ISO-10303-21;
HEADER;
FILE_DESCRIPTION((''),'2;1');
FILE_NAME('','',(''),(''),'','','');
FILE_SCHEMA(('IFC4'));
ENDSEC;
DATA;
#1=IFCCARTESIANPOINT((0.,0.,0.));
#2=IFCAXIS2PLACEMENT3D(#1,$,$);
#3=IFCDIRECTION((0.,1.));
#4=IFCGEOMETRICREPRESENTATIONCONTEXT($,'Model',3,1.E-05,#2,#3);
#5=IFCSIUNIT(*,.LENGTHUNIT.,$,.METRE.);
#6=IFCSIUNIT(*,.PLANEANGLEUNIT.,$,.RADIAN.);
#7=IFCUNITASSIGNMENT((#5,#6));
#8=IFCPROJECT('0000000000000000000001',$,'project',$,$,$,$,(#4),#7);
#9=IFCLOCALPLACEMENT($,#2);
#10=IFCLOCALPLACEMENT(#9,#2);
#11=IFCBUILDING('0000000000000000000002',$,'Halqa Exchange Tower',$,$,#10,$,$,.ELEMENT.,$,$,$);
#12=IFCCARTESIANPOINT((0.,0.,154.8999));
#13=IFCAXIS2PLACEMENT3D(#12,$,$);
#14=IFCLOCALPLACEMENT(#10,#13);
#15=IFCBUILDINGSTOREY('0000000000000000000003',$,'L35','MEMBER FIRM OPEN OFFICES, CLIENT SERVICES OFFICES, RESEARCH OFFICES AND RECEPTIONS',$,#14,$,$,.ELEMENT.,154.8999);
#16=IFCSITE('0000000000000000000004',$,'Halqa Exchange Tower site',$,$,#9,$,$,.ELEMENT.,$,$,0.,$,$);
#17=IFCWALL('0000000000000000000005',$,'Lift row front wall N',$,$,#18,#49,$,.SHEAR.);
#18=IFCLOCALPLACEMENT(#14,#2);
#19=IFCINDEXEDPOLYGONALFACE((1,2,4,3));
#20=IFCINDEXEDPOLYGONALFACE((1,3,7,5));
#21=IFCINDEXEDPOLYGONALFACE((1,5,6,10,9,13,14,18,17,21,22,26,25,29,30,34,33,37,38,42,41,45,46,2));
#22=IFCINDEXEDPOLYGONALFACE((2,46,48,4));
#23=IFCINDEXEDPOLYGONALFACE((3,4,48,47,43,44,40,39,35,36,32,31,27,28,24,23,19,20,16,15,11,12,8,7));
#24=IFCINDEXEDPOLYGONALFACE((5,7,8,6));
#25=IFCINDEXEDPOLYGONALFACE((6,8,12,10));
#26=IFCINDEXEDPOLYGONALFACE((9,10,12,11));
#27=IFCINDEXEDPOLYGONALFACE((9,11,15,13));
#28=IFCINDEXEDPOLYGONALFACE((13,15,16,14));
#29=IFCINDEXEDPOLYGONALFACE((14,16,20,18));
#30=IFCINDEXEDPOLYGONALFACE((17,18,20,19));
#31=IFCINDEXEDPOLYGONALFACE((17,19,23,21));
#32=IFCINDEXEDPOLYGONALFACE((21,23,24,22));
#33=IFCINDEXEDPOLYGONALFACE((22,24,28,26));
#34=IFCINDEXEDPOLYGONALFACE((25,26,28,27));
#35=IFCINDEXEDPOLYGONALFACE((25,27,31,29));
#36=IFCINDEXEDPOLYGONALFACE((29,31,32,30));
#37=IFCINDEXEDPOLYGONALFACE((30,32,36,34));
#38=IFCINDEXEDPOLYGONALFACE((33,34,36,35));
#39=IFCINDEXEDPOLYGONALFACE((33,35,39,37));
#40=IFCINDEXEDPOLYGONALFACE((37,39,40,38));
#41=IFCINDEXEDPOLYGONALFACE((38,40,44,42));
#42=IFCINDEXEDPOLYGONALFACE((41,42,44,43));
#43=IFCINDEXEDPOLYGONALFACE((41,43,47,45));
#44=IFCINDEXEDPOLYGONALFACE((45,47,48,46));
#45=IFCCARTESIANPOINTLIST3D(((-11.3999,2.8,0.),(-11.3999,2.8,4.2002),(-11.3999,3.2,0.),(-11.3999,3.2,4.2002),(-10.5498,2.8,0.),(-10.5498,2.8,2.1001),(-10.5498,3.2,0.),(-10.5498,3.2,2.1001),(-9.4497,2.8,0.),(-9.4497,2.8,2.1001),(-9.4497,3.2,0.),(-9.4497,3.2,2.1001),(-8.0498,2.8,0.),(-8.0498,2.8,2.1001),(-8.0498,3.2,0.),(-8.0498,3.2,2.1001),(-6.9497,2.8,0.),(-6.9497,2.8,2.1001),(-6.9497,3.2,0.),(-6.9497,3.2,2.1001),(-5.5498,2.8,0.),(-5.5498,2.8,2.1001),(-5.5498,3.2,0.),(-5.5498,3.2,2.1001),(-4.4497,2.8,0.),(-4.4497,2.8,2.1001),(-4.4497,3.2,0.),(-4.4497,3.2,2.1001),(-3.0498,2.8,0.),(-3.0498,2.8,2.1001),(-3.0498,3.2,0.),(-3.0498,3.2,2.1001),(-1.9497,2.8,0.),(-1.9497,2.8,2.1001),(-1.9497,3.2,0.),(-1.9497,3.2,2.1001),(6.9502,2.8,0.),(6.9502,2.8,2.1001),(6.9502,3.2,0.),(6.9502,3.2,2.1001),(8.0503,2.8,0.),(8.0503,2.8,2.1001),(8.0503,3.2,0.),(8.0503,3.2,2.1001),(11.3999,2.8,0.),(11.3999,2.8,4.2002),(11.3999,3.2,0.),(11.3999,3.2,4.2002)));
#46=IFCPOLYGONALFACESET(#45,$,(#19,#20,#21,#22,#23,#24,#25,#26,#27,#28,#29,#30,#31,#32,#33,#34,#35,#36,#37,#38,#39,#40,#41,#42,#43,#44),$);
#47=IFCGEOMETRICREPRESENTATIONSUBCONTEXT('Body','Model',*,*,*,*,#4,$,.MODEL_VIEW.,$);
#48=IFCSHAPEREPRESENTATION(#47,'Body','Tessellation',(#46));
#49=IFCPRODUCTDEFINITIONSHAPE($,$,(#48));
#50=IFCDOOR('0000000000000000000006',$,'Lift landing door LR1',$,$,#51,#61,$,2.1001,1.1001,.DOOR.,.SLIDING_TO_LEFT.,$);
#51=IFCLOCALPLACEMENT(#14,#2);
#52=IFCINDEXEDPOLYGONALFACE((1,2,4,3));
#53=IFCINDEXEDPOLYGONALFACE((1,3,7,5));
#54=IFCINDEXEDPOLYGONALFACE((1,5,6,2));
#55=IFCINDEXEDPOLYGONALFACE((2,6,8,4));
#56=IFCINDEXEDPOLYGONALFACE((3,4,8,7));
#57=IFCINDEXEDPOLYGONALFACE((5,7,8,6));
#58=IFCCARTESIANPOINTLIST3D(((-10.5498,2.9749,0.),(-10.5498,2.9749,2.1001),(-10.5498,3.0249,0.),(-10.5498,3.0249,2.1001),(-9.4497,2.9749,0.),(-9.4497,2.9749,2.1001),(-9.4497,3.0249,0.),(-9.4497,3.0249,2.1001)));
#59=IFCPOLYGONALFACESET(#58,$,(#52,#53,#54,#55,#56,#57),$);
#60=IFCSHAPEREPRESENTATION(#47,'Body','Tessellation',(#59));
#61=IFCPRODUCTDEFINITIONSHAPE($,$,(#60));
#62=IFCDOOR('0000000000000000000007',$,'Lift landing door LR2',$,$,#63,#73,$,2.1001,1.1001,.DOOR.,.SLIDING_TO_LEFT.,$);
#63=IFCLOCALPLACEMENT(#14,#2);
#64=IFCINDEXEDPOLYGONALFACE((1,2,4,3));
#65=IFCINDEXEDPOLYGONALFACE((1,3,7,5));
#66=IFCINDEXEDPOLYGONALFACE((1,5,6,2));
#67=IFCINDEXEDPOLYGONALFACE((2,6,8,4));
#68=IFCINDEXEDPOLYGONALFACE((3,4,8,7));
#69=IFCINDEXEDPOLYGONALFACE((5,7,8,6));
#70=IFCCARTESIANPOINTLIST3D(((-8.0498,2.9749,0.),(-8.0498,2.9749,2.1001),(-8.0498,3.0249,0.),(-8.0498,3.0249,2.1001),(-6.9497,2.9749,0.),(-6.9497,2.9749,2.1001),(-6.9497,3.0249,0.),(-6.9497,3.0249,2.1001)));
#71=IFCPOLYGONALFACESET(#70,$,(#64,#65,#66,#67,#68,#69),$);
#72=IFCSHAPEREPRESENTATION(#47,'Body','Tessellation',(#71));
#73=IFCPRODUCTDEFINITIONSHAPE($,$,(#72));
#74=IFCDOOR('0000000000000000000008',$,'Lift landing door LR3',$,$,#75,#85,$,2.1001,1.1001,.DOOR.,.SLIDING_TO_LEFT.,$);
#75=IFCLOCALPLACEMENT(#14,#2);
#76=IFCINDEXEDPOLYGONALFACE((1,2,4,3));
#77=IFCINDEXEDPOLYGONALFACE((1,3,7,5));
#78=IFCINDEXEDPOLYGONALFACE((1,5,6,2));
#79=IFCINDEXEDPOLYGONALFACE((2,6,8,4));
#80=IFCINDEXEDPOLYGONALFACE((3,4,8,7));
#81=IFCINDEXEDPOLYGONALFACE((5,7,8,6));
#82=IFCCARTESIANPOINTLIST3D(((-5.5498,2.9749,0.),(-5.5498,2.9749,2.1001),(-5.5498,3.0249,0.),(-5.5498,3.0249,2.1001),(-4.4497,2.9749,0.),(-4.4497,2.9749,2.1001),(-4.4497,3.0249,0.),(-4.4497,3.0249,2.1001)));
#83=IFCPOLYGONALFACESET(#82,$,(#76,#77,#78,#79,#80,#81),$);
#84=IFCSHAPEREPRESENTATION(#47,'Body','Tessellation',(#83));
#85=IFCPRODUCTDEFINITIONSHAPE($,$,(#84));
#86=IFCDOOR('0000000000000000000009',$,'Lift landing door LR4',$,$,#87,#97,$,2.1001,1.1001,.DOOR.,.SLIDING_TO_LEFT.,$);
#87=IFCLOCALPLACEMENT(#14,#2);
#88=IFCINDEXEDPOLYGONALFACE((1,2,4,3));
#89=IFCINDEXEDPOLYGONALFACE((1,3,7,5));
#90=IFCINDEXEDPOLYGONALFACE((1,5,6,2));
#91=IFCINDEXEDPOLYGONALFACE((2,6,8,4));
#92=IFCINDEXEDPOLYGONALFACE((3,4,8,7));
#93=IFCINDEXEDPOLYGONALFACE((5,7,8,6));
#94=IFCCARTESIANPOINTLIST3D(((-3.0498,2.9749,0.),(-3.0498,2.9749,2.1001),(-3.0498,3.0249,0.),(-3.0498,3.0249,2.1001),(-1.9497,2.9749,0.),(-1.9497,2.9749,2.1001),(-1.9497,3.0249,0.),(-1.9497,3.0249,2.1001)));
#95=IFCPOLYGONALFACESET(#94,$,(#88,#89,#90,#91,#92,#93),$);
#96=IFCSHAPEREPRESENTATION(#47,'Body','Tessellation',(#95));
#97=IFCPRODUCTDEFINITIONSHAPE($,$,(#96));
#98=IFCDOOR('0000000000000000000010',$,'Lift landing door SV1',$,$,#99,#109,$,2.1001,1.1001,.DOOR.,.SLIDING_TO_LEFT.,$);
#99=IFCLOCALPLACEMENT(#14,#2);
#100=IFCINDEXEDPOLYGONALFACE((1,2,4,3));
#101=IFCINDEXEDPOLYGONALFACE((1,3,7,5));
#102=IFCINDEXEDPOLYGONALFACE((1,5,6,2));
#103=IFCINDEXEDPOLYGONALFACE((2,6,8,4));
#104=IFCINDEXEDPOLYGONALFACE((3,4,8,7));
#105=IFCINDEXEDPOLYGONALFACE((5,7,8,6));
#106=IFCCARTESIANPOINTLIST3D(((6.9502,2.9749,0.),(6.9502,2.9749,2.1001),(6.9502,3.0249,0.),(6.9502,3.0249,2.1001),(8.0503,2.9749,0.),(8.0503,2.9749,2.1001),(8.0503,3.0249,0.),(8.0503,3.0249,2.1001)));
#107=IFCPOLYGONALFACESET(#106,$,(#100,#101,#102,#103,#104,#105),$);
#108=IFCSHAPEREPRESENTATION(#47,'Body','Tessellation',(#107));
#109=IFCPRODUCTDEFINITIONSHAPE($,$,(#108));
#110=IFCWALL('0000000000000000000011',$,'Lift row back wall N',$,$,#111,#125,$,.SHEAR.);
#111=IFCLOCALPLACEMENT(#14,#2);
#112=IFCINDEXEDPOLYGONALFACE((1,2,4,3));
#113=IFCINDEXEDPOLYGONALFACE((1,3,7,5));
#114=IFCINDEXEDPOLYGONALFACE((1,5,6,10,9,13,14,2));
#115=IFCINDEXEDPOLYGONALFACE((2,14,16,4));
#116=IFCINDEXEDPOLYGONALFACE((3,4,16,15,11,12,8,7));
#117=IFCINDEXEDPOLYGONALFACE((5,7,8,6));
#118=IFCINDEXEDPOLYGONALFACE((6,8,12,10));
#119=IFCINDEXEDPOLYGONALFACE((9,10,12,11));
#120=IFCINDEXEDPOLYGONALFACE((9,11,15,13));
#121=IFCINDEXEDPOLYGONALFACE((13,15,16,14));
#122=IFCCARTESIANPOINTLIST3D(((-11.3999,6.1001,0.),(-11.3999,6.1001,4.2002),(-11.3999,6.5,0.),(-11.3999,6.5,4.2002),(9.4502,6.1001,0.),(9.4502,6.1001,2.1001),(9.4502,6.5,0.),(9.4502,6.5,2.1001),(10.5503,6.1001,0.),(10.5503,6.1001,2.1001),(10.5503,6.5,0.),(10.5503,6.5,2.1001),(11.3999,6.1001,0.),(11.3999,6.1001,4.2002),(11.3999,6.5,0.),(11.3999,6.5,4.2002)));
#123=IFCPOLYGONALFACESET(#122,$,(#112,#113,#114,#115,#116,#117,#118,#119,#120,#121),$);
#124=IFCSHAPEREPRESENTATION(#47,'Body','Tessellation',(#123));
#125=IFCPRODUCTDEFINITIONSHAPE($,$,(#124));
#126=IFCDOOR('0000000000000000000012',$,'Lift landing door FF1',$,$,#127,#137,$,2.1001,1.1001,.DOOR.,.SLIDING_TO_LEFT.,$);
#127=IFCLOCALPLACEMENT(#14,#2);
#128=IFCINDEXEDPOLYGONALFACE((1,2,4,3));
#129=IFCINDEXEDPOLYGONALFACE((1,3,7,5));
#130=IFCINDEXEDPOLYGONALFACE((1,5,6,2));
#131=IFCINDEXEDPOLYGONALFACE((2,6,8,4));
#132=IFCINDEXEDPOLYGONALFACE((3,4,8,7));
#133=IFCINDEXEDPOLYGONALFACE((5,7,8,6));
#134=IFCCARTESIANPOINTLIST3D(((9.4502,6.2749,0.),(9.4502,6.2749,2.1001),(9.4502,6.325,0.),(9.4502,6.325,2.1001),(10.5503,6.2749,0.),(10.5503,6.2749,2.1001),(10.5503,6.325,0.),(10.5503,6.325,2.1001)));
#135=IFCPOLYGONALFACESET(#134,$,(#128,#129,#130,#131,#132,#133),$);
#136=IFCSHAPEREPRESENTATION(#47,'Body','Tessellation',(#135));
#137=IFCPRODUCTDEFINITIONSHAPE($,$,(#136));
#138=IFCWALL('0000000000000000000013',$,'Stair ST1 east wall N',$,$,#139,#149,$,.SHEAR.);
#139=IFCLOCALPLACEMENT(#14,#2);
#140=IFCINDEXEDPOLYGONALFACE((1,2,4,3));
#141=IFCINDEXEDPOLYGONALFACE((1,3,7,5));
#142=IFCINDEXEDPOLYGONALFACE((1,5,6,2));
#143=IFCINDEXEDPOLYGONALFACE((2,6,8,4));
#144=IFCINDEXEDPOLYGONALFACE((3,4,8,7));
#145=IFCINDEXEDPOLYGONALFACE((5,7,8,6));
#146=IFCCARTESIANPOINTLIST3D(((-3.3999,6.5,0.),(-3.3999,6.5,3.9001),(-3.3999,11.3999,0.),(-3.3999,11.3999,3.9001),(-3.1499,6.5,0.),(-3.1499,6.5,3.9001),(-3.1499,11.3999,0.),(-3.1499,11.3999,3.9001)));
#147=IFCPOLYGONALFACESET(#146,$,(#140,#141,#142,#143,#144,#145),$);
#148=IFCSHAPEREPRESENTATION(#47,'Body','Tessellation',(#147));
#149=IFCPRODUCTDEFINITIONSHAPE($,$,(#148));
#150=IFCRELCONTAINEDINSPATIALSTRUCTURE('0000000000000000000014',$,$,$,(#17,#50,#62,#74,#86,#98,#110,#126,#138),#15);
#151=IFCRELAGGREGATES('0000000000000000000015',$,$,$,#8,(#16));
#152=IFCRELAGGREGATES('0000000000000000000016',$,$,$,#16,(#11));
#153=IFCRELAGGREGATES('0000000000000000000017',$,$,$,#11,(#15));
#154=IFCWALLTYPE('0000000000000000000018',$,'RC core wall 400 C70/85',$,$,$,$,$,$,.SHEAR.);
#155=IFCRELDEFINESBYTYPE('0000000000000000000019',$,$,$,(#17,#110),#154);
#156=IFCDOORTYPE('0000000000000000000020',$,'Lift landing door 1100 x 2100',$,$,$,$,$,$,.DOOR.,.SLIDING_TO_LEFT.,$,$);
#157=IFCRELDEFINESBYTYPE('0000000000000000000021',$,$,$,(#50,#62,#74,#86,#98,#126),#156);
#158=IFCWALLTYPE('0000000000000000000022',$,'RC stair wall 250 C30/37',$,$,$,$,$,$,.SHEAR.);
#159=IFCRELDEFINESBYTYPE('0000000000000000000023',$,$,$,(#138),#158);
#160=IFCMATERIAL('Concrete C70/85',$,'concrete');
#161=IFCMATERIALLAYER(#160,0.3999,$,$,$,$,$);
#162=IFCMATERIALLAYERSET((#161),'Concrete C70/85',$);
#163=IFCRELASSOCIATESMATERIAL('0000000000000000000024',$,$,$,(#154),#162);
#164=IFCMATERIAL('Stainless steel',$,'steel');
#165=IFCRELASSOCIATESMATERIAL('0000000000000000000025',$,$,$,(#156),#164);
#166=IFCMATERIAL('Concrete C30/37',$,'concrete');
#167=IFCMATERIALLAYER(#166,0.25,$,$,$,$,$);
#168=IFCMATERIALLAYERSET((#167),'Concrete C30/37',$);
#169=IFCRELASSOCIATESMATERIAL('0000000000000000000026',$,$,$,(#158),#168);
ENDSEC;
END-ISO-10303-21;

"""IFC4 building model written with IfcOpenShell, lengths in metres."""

from ifc_helpers import new_model, si_unit, direction, frame, frame_2d, origin, place, context, subcontext, project, spatial, rectangle, extrude, material, layer, layer_set, type_object, element, fill, save


model = new_model("IFC4")

# Units and contexts
model_context = context("Model", 3, precision=1e-05, world=origin(), true_north=direction((0.0, 1.0)))
body_context = subcontext(model_context, "Body", "Model", "MODEL_VIEW")
ifc_project = project(units=[si_unit("LENGTHUNIT", "METRE"), si_unit("PLANEANGLEUNIT", "RADIAN")], contexts=[model_context])

# Site, building, storey
site_placement = place(None, origin())
site = spatial("IfcSite", under=ifc_project, at=site_placement, Name="Halqa Exchange Tower site", CompositionType="ELEMENT", RefElevation=0.0)
building_placement = place(site_placement, origin())
building = spatial("IfcBuilding", under=site, at=building_placement, Name="Halqa Exchange Tower", CompositionType="ELEMENT")
storey_placement = place(building_placement, frame((0.0, 0.0, 154.8999)))
storey = spatial("IfcBuildingStorey", under=building, at=storey_placement, Name="L35", Description="MEMBER FIRM OPEN OFFICES, CLIENT SERVICES OFFICES, RESEARCH OFFICES AND RECEPTIONS", CompositionType="ELEMENT", Elevation=154.8999)

# Wall, openings, doors
ifc_material_1 = material(Name="Concrete C70/85", Category="concrete")
ifc_layer_1 = layer(ifc_material_1, 0.3999)
ifc_layer_set_1 = layer_set([ifc_layer_1], Name="Concrete C70/85")
wall_type_1 = type_object("IfcWallType", Name="RC core wall 400 C70/85", PredefinedType="SHEAR", material=ifc_layer_set_1)
wall_1_placement = place(storey_placement, frame((-11.3999, 3.0, 0.0), z_axis=(0.0, 0.0, 1.0), x_axis=(1.0, 0.0, 0.0)))
wall_1 = element("IfcWall", 1, at=wall_1_placement, inside=storey, type_object=wall_type_1, Name="Lift row front wall N", PredefinedType="SHEAR", context=body_context, shape_type="SweptSolid", body=[
    extrude(rectangle(XDim=22.7998, YDim=0.3999, at=frame_2d((11.3999, 0.0))), origin(), (0.0, 0.0, 1.0), 4.2002),
])
opening_1_placement = place(wall_1_placement, frame((0.8501, 0.0, 0.0)))
opening_1 = element("IfcOpeningElement", 2, at=opening_1_placement, cuts=wall_1, PredefinedType="OPENING", context=body_context, shape_type="SweptSolid", body=[
    extrude(rectangle(XDim=1.1001, YDim=2.1001, at=frame_2d((0.55, 1.05))), frame((0.0, 0.2119, 0.0), z_axis=(0.0, -1.0, 0.0), x_axis=(1.0, 0.0, 0.0)), (0.0, 0.0, 1.0), 0.4238),
])
opening_2_placement = place(wall_1_placement, frame((3.3501, 0.0, 0.0)))
opening_2 = element("IfcOpeningElement", 3, at=opening_2_placement, cuts=wall_1, PredefinedType="OPENING", context=body_context, shape_type="SweptSolid", body=[
    extrude(rectangle(XDim=1.1001, YDim=2.1001, at=frame_2d((0.55, 1.05))), frame((0.0, 0.2119, 0.0), z_axis=(0.0, -1.0, 0.0), x_axis=(1.0, 0.0, 0.0)), (0.0, 0.0, 1.0), 0.4238),
])
opening_3_placement = place(wall_1_placement, frame((5.8501, 0.0, 0.0)))
opening_3 = element("IfcOpeningElement", 4, at=opening_3_placement, cuts=wall_1, PredefinedType="OPENING", context=body_context, shape_type="SweptSolid", body=[
    extrude(rectangle(XDim=1.1001, YDim=2.1001, at=frame_2d((0.55, 1.05))), frame((0.0, 0.2119, 0.0), z_axis=(0.0, -1.0, 0.0), x_axis=(1.0, 0.0, 0.0)), (0.0, 0.0, 1.0), 0.4238),
])
opening_4_placement = place(wall_1_placement, frame((8.3501, 0.0, 0.0)))
opening_4 = element("IfcOpeningElement", 5, at=opening_4_placement, cuts=wall_1, PredefinedType="OPENING", context=body_context, shape_type="SweptSolid", body=[
    extrude(rectangle(XDim=1.1001, YDim=2.1001, at=frame_2d((0.55, 1.05))), frame((0.0, 0.2119, 0.0), z_axis=(0.0, -1.0, 0.0), x_axis=(1.0, 0.0, 0.0)), (0.0, 0.0, 1.0), 0.4238),
])
opening_5_placement = place(wall_1_placement, frame((18.3501, 0.0, 0.0)))
opening_5 = element("IfcOpeningElement", 6, at=opening_5_placement, cuts=wall_1, PredefinedType="OPENING", context=body_context, shape_type="SweptSolid", body=[
    extrude(rectangle(XDim=1.1001, YDim=2.1001, at=frame_2d((0.55, 1.05))), frame((0.0, 0.2119, 0.0), z_axis=(0.0, -1.0, 0.0), x_axis=(1.0, 0.0, 0.0)), (0.0, 0.0, 1.0), 0.4238),
])
ifc_material_2 = material(Name="Stainless steel", Category="steel")
door_type = type_object("IfcDoorType", Name="Lift landing door 1100 x 2100", OperationType="SLIDING_TO_LEFT", PredefinedType="DOOR", material=ifc_material_2)
door_1_placement = place(opening_1_placement, origin())
door_1 = element("IfcDoor", 7, at=door_1_placement, inside=storey, type_object=door_type, Name="Lift landing door LR1", OperationType="SLIDING_TO_LEFT", OverallHeight=2.1001, OverallWidth=1.1001, PredefinedType="DOOR", context=body_context, shape_type="SweptSolid", body=[
    extrude(rectangle(XDim=1.1001, YDim=2.1001, at=frame_2d((0.55, 1.05))), frame((0.0, 0.0249, 0.0), z_axis=(0.0, -1.0, 0.0), x_axis=(1.0, 0.0, 0.0)), (0.0, 0.0, 1.0), 0.05),
])
fill(opening_1, door_1)
door_2_placement = place(opening_2_placement, origin())
door_2 = element("IfcDoor", 8, at=door_2_placement, inside=storey, type_object=door_type, Name="Lift landing door LR2", OperationType="SLIDING_TO_LEFT", OverallHeight=2.1001, OverallWidth=1.1001, PredefinedType="DOOR", context=body_context, shape_type="SweptSolid", body=[
    extrude(rectangle(XDim=1.1001, YDim=2.1001, at=frame_2d((0.55, 1.05))), frame((0.0, 0.0249, 0.0), z_axis=(0.0, -1.0, 0.0), x_axis=(1.0, 0.0, 0.0)), (0.0, 0.0, 1.0), 0.05),
])
fill(opening_2, door_2)
door_3_placement = place(opening_3_placement, origin())
door_3 = element("IfcDoor", 9, at=door_3_placement, inside=storey, type_object=door_type, Name="Lift landing door LR3", OperationType="SLIDING_TO_LEFT", OverallHeight=2.1001, OverallWidth=1.1001, PredefinedType="DOOR", context=body_context, shape_type="SweptSolid", body=[
    extrude(rectangle(XDim=1.1001, YDim=2.1001, at=frame_2d((0.55, 1.05))), frame((0.0, 0.0249, 0.0), z_axis=(0.0, -1.0, 0.0), x_axis=(1.0, 0.0, 0.0)), (0.0, 0.0, 1.0), 0.05),
])
fill(opening_3, door_3)
door_4_placement = place(opening_4_placement, origin())
door_4 = element("IfcDoor", 10, at=door_4_placement, inside=storey, type_object=door_type, Name="Lift landing door LR4", OperationType="SLIDING_TO_LEFT", OverallHeight=2.1001, OverallWidth=1.1001, PredefinedType="DOOR", context=body_context, shape_type="SweptSolid", body=[
    extrude(rectangle(XDim=1.1001, YDim=2.1001, at=frame_2d((0.55, 1.05))), frame((0.0, 0.0249, 0.0), z_axis=(0.0, -1.0, 0.0), x_axis=(1.0, 0.0, 0.0)), (0.0, 0.0, 1.0), 0.05),
])
fill(opening_4, door_4)
door_5_placement = place(opening_5_placement, origin())
door_5 = element("IfcDoor", 11, at=door_5_placement, inside=storey, type_object=door_type, Name="Lift landing door SV1", OperationType="SLIDING_TO_LEFT", OverallHeight=2.1001, OverallWidth=1.1001, PredefinedType="DOOR", context=body_context, shape_type="SweptSolid", body=[
    extrude(rectangle(XDim=1.1001, YDim=2.1001, at=frame_2d((0.55, 1.05))), frame((0.0, 0.0249, 0.0), z_axis=(0.0, -1.0, 0.0), x_axis=(1.0, 0.0, 0.0)), (0.0, 0.0, 1.0), 0.05),
])
fill(opening_5, door_5)

# Wall, opening, door
wall_2_placement = place(storey_placement, frame((-11.3999, 6.3, 0.0), z_axis=(0.0, 0.0, 1.0), x_axis=(1.0, 0.0, 0.0)))
wall_2 = element("IfcWall", 12, at=wall_2_placement, inside=storey, type_object=wall_type_1, Name="Lift row back wall N", PredefinedType="SHEAR", context=body_context, shape_type="SweptSolid", body=[
    extrude(rectangle(XDim=22.7998, YDim=0.3999, at=frame_2d((11.3999, 0.0))), origin(), (0.0, 0.0, 1.0), 4.2002),
])
opening_6_placement = place(wall_2_placement, frame((20.8501, 0.0, 0.0)))
opening_6 = element("IfcOpeningElement", 13, at=opening_6_placement, cuts=wall_2, PredefinedType="OPENING", context=body_context, shape_type="SweptSolid", body=[
    extrude(rectangle(XDim=1.1001, YDim=2.1001, at=frame_2d((0.55, 1.05))), frame((0.0, 0.2119, 0.0), z_axis=(0.0, -1.0, 0.0), x_axis=(1.0, 0.0, 0.0)), (0.0, 0.0, 1.0), 0.4238),
])
door_6_placement = place(opening_6_placement, origin())
door_6 = element("IfcDoor", 14, at=door_6_placement, inside=storey, type_object=door_type, Name="Lift landing door FF1", OperationType="SLIDING_TO_LEFT", OverallHeight=2.1001, OverallWidth=1.1001, PredefinedType="DOOR", context=body_context, shape_type="SweptSolid", body=[
    extrude(rectangle(XDim=1.1001, YDim=2.1001, at=frame_2d((0.55, 1.05))), frame((0.0, 0.0249, 0.0), z_axis=(0.0, -1.0, 0.0), x_axis=(1.0, 0.0, 0.0)), (0.0, 0.0, 1.0), 0.05),
])
fill(opening_6, door_6)

# Wall
ifc_material_3 = material(Name="Concrete C30/37", Category="concrete")
ifc_layer_2 = layer(ifc_material_3, 0.25)
ifc_layer_set_2 = layer_set([ifc_layer_2], Name="Concrete C30/37")
wall_type_2 = type_object("IfcWallType", Name="RC stair wall 250 C30/37", PredefinedType="SHEAR", material=ifc_layer_set_2)
wall_3_placement = place(storey_placement, frame((-3.2749, 6.5, 0.0), z_axis=(0.0, 0.0, 1.0), x_axis=(0.0, 1.0, 0.0)))
element("IfcWall", 15, at=wall_3_placement, inside=storey, type_object=wall_type_2, Name="Stair ST1 east wall N", PredefinedType="SHEAR", context=body_context, shape_type="SweptSolid", body=[
    extrude(rectangle(XDim=4.8999, YDim=0.25, at=frame_2d((2.45, 0.0))), origin(), (0.0, 0.0, 1.0), 3.9001),
])

save(model, "model.ifc")
